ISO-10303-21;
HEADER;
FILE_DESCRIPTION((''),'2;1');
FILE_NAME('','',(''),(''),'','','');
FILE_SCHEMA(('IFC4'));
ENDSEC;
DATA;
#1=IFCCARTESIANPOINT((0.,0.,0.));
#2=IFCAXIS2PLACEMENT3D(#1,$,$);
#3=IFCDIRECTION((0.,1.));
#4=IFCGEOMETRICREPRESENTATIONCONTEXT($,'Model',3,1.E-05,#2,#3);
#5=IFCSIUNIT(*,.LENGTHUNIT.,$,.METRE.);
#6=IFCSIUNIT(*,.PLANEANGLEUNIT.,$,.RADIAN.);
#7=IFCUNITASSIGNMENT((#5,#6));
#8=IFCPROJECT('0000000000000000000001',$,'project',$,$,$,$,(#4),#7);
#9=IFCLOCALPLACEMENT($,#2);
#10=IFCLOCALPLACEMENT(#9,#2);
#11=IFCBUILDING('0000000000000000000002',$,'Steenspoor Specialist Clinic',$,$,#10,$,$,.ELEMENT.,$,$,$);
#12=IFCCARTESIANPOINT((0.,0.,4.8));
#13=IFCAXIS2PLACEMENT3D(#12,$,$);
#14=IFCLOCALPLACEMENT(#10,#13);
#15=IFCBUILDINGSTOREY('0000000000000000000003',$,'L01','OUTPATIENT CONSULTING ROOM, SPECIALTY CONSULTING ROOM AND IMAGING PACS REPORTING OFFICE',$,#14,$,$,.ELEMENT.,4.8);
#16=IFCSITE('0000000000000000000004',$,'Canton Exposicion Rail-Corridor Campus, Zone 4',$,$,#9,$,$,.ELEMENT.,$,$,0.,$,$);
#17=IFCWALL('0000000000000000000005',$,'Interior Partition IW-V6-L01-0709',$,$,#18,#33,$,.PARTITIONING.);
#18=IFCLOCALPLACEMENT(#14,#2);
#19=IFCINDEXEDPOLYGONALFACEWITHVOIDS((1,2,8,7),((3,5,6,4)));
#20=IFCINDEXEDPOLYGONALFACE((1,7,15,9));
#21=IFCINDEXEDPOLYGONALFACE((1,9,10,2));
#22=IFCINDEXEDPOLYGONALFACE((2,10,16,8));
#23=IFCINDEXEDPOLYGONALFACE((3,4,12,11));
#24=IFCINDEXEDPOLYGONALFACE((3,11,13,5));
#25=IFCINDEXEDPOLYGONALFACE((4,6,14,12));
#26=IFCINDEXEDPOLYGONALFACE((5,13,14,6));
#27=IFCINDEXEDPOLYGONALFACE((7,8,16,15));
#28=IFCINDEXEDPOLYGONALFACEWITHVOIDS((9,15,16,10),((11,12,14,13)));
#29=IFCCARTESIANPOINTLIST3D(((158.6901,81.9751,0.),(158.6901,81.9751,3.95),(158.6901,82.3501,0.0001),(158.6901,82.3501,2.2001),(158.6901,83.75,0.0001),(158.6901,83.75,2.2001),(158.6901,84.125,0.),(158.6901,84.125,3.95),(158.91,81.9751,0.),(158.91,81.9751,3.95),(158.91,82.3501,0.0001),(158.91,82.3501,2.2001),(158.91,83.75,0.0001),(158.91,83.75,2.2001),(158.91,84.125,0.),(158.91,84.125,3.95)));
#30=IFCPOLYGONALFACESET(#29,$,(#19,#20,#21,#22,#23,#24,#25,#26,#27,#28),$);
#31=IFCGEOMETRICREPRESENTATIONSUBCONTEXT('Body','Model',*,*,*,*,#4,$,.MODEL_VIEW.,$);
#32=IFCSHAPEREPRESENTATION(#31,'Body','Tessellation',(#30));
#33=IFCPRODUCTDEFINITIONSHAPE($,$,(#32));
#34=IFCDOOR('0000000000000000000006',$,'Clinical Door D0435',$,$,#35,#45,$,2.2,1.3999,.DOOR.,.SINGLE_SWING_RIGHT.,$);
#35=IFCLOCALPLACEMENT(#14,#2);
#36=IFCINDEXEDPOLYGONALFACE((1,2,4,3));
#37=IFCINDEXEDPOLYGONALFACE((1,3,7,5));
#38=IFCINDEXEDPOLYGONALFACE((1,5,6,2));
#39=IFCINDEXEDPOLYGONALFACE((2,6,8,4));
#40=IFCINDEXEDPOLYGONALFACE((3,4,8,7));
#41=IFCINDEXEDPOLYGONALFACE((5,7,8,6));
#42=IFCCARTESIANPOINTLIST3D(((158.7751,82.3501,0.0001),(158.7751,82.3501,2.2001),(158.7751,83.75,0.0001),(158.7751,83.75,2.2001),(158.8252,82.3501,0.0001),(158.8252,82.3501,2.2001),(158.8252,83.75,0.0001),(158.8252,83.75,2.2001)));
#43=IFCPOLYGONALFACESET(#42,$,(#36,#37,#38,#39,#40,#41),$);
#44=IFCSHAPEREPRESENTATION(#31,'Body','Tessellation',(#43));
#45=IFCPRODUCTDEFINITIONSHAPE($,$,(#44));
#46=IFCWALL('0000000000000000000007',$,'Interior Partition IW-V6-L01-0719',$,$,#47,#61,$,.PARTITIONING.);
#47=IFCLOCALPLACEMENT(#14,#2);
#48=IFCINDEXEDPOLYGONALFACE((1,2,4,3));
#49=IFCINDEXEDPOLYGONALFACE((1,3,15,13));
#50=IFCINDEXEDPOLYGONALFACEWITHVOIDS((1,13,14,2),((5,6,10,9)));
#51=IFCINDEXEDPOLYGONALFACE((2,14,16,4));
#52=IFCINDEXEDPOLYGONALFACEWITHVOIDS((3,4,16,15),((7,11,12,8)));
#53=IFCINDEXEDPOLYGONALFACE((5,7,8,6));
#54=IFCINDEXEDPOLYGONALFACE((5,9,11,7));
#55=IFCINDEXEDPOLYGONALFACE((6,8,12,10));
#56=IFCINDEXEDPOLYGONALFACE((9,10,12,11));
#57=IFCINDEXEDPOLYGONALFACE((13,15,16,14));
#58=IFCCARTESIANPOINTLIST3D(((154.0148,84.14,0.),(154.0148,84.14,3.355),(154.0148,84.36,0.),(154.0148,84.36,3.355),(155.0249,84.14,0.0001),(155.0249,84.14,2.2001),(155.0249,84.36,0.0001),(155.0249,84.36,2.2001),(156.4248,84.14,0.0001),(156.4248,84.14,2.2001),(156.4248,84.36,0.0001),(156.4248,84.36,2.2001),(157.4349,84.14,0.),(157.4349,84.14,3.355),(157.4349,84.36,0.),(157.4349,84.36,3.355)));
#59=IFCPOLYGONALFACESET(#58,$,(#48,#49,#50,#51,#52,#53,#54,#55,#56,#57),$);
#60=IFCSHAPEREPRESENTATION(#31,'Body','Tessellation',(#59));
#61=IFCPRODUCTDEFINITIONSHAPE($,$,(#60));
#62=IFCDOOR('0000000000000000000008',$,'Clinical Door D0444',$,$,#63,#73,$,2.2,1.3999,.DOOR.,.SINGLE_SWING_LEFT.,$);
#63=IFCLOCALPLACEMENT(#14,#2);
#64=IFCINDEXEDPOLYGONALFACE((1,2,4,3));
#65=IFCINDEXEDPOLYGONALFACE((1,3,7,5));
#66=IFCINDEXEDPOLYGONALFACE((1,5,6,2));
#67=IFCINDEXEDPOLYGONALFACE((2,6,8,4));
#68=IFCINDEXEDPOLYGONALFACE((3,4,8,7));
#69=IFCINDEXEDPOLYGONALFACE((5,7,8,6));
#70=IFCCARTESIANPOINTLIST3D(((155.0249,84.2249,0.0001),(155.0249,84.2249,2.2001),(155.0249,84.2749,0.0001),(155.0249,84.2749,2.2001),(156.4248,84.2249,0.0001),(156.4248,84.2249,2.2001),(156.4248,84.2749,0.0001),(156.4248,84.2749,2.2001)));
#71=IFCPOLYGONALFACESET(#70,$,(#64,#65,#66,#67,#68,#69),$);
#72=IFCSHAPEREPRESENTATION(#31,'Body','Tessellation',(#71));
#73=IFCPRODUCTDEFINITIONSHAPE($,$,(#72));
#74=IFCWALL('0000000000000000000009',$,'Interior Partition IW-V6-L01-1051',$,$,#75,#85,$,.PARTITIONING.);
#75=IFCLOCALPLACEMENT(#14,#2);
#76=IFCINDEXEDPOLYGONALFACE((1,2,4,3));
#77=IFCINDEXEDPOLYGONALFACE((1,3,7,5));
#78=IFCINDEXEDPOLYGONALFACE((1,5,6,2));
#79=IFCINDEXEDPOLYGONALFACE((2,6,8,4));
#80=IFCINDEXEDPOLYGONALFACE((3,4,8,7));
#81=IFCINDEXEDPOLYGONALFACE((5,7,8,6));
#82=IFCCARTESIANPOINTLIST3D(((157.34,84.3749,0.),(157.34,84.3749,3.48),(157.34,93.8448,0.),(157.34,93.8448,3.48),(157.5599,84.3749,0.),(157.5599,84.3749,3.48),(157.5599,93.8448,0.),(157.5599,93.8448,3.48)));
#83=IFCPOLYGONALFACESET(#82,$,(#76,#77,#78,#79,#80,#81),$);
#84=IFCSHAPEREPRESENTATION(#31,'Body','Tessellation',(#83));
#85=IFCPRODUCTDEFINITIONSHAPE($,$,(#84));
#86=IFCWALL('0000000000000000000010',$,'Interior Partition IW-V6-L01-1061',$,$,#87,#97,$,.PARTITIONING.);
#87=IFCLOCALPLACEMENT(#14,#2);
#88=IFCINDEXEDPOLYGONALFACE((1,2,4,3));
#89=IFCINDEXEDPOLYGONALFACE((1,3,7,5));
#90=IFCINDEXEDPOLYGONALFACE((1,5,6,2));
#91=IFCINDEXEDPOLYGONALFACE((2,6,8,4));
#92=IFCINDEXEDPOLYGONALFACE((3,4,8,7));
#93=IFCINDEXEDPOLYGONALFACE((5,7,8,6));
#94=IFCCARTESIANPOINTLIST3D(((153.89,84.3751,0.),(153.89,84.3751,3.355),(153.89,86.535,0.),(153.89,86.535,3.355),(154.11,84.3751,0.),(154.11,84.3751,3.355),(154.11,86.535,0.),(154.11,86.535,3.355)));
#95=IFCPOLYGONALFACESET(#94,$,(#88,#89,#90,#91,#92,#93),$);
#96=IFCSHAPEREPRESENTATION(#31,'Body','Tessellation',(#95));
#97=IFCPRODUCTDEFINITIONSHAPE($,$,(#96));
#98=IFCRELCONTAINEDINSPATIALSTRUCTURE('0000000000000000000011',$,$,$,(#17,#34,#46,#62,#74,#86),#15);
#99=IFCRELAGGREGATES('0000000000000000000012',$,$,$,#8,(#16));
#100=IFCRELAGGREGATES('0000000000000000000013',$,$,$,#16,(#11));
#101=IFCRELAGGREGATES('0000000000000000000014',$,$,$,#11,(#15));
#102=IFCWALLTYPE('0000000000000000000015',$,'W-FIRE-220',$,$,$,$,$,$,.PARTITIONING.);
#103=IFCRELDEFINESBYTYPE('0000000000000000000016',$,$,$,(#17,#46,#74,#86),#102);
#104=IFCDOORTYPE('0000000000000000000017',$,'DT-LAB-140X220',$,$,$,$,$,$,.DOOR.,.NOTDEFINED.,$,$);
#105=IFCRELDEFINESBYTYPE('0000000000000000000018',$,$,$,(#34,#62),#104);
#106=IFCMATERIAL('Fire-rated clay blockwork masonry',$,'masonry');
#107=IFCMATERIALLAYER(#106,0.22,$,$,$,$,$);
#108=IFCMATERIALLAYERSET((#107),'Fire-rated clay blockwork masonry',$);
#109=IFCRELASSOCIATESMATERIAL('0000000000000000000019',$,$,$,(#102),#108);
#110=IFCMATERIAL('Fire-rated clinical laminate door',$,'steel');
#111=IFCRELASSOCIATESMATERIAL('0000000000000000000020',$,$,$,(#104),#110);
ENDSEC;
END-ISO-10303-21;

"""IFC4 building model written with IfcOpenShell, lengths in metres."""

from ifc_helpers import new_model, si_unit, direction, frame, frame_2d, origin, place, context, subcontext, project, spatial, rectangle, extrude, material, layer, layer_set, type_object, element, fill, save


model = new_model("IFC4")

# Units and contexts
model_context = context("Model", 3, precision=1e-05, world=origin(), true_north=direction((0.0, 1.0)))
body_context = subcontext(model_context, "Body", "Model", "MODEL_VIEW")
ifc_project = project(units=[si_unit("LENGTHUNIT", "METRE"), si_unit("PLANEANGLEUNIT", "RADIAN")], contexts=[model_context])

# Site, building, storey
site_placement = place(None, origin())
site = spatial("IfcSite", under=ifc_project, at=site_placement, Name="Canton Exposicion Rail-Corridor Campus, Zone 4", CompositionType="ELEMENT", RefElevation=0.0)
building_placement = place(site_placement, origin())
building = spatial("IfcBuilding", under=site, at=building_placement, Name="Steenspoor Specialist Clinic", CompositionType="ELEMENT")
storey_placement = place(building_placement, frame((0.0, 0.0, 4.8)))
storey = spatial("IfcBuildingStorey", under=building, at=storey_placement, Name="L01", Description="OUTPATIENT CONSULTING ROOM, SPECIALTY CONSULTING ROOM AND IMAGING PACS REPORTING OFFICE", CompositionType="ELEMENT", Elevation=4.8)

# Shared definitions
ifc_material_1 = material(Name="Fire-rated clay blockwork masonry", Category="masonry")
ifc_layer_1 = layer(ifc_material_1, 0.22)
ifc_layer_set_1 = layer_set([ifc_layer_1], Name="Fire-rated clay blockwork masonry")
wall_type = type_object("IfcWallType", Name="W-FIRE-220", PredefinedType="PARTITIONING", material=ifc_layer_set_1)

# Walls, openings, doors
wall_1_placement = place(storey_placement, frame((158.8, 81.9751, 0.0), z_axis=(0.0, 0.0, 1.0), x_axis=(0.0, 1.0, 0.0)))
wall_1 = element("IfcWall", 1, at=wall_1_placement, inside=storey, type_object=wall_type, Name="Interior Partition IW-V6-L01-0709", PredefinedType="PARTITIONING", context=body_context, shape_type="SweptSolid", body=[
    extrude(rectangle(XDim=2.1499, YDim=0.22, at=frame_2d((1.075, 0.0))), origin(), (0.0, 0.0, 1.0), 3.95),
])
opening_1_placement = place(wall_1_placement, frame((0.375, 0.0, 0.0)))
opening_1 = element("IfcOpeningElement", 2, at=opening_1_placement, cuts=wall_1, PredefinedType="OPENING", context=body_context, shape_type="SweptSolid", body=[
    extrude(rectangle(XDim=1.3999, YDim=2.2, at=frame_2d((0.7, 1.1001))), frame((0.0, 0.1201, 0.0), z_axis=(0.0, -1.0, 0.0), x_axis=(1.0, 0.0, 0.0)), (0.0, 0.0, 1.0), 0.24),
])
ifc_material_2 = material(Name="Fire-rated clinical laminate door", Category="steel")
door_type = type_object("IfcDoorType", Name="DT-LAB-140X220", OperationType="NOTDEFINED", PredefinedType="DOOR", material=ifc_material_2)
door_1_placement = place(opening_1_placement, origin())
door_1 = element("IfcDoor", 3, at=door_1_placement, inside=storey, type_object=door_type, Name="Clinical Door D0435", OperationType="SINGLE_SWING_RIGHT", OverallHeight=2.2, OverallWidth=1.3999, PredefinedType="DOOR", context=body_context, shape_type="SweptSolid", body=[
    extrude(rectangle(XDim=1.3999, YDim=2.2, at=frame_2d((0.7, 1.1001))), frame((0.0, 0.0249, 0.0), z_axis=(0.0, -1.0, 0.0), x_axis=(1.0, 0.0, 0.0)), (0.0, 0.0, 1.0), 0.05),
])
fill(opening_1, door_1)
wall_2_placement = place(storey_placement, frame((154.0149, 84.25, 0.0), z_axis=(0.0, 0.0, 1.0), x_axis=(1.0, 0.0, 0.0)))
wall_2 = element("IfcWall", 4, at=wall_2_placement, inside=storey, type_object=wall_type, Name="Interior Partition IW-V6-L01-0719", PredefinedType="PARTITIONING", context=body_context, shape_type="SweptSolid", body=[
    extrude(rectangle(XDim=3.4202, YDim=0.22, at=frame_2d((1.71, 0.0))), origin(), (0.0, 0.0, 1.0), 3.355),
])
opening_2_placement = place(wall_2_placement, frame((1.01, 0.0, 0.0)))
opening_2 = element("IfcOpeningElement", 5, at=opening_2_placement, cuts=wall_2, PredefinedType="OPENING", context=body_context, shape_type="SweptSolid", body=[
    extrude(rectangle(XDim=1.3999, YDim=2.2, at=frame_2d((0.7, 1.1001))), frame((0.0, 0.1201, 0.0), z_axis=(0.0, -1.0, 0.0), x_axis=(1.0, 0.0, 0.0)), (0.0, 0.0, 1.0), 0.24),
])
door_2_placement = place(opening_2_placement, origin())
door_2 = element("IfcDoor", 6, at=door_2_placement, inside=storey, type_object=door_type, Name="Clinical Door D0444", OperationType="SINGLE_SWING_LEFT", OverallHeight=2.2, OverallWidth=1.3999, PredefinedType="DOOR", context=body_context, shape_type="SweptSolid", body=[
    extrude(rectangle(XDim=1.3999, YDim=2.2, at=frame_2d((0.7, 1.1001))), frame((0.0, 0.0249, 0.0), z_axis=(0.0, -1.0, 0.0), x_axis=(1.0, 0.0, 0.0)), (0.0, 0.0, 1.0), 0.05),
])
fill(opening_2, door_2)

# Walls
wall_3_placement = place(storey_placement, frame((157.45, 84.375, 0.0), z_axis=(0.0, 0.0, 1.0), x_axis=(0.0, 1.0, 0.0)))
element("IfcWall", 7, at=wall_3_placement, inside=storey, type_object=wall_type, Name="Interior Partition IW-V6-L01-1051", PredefinedType="PARTITIONING", context=body_context, shape_type="SweptSolid", body=[
    extrude(rectangle(XDim=9.47, YDim=0.22, at=frame_2d((4.7349, 0.0))), origin(), (0.0, 0.0, 1.0), 3.48),
])
wall_4_placement = place(storey_placement, frame((154.0, 84.375, 0.0), z_axis=(0.0, 0.0, 1.0), x_axis=(0.0, 1.0, 0.0)))
element("IfcWall", 8, at=wall_4_placement, inside=storey, type_object=wall_type, Name="Interior Partition IW-V6-L01-1061", PredefinedType="PARTITIONING", context=body_context, shape_type="SweptSolid", body=[
    extrude(rectangle(XDim=2.1599, YDim=0.22, at=frame_2d((1.0801, 0.0))), origin(), (0.0, 0.0, 1.0), 3.355),
])

save(model, "model.ifc")
